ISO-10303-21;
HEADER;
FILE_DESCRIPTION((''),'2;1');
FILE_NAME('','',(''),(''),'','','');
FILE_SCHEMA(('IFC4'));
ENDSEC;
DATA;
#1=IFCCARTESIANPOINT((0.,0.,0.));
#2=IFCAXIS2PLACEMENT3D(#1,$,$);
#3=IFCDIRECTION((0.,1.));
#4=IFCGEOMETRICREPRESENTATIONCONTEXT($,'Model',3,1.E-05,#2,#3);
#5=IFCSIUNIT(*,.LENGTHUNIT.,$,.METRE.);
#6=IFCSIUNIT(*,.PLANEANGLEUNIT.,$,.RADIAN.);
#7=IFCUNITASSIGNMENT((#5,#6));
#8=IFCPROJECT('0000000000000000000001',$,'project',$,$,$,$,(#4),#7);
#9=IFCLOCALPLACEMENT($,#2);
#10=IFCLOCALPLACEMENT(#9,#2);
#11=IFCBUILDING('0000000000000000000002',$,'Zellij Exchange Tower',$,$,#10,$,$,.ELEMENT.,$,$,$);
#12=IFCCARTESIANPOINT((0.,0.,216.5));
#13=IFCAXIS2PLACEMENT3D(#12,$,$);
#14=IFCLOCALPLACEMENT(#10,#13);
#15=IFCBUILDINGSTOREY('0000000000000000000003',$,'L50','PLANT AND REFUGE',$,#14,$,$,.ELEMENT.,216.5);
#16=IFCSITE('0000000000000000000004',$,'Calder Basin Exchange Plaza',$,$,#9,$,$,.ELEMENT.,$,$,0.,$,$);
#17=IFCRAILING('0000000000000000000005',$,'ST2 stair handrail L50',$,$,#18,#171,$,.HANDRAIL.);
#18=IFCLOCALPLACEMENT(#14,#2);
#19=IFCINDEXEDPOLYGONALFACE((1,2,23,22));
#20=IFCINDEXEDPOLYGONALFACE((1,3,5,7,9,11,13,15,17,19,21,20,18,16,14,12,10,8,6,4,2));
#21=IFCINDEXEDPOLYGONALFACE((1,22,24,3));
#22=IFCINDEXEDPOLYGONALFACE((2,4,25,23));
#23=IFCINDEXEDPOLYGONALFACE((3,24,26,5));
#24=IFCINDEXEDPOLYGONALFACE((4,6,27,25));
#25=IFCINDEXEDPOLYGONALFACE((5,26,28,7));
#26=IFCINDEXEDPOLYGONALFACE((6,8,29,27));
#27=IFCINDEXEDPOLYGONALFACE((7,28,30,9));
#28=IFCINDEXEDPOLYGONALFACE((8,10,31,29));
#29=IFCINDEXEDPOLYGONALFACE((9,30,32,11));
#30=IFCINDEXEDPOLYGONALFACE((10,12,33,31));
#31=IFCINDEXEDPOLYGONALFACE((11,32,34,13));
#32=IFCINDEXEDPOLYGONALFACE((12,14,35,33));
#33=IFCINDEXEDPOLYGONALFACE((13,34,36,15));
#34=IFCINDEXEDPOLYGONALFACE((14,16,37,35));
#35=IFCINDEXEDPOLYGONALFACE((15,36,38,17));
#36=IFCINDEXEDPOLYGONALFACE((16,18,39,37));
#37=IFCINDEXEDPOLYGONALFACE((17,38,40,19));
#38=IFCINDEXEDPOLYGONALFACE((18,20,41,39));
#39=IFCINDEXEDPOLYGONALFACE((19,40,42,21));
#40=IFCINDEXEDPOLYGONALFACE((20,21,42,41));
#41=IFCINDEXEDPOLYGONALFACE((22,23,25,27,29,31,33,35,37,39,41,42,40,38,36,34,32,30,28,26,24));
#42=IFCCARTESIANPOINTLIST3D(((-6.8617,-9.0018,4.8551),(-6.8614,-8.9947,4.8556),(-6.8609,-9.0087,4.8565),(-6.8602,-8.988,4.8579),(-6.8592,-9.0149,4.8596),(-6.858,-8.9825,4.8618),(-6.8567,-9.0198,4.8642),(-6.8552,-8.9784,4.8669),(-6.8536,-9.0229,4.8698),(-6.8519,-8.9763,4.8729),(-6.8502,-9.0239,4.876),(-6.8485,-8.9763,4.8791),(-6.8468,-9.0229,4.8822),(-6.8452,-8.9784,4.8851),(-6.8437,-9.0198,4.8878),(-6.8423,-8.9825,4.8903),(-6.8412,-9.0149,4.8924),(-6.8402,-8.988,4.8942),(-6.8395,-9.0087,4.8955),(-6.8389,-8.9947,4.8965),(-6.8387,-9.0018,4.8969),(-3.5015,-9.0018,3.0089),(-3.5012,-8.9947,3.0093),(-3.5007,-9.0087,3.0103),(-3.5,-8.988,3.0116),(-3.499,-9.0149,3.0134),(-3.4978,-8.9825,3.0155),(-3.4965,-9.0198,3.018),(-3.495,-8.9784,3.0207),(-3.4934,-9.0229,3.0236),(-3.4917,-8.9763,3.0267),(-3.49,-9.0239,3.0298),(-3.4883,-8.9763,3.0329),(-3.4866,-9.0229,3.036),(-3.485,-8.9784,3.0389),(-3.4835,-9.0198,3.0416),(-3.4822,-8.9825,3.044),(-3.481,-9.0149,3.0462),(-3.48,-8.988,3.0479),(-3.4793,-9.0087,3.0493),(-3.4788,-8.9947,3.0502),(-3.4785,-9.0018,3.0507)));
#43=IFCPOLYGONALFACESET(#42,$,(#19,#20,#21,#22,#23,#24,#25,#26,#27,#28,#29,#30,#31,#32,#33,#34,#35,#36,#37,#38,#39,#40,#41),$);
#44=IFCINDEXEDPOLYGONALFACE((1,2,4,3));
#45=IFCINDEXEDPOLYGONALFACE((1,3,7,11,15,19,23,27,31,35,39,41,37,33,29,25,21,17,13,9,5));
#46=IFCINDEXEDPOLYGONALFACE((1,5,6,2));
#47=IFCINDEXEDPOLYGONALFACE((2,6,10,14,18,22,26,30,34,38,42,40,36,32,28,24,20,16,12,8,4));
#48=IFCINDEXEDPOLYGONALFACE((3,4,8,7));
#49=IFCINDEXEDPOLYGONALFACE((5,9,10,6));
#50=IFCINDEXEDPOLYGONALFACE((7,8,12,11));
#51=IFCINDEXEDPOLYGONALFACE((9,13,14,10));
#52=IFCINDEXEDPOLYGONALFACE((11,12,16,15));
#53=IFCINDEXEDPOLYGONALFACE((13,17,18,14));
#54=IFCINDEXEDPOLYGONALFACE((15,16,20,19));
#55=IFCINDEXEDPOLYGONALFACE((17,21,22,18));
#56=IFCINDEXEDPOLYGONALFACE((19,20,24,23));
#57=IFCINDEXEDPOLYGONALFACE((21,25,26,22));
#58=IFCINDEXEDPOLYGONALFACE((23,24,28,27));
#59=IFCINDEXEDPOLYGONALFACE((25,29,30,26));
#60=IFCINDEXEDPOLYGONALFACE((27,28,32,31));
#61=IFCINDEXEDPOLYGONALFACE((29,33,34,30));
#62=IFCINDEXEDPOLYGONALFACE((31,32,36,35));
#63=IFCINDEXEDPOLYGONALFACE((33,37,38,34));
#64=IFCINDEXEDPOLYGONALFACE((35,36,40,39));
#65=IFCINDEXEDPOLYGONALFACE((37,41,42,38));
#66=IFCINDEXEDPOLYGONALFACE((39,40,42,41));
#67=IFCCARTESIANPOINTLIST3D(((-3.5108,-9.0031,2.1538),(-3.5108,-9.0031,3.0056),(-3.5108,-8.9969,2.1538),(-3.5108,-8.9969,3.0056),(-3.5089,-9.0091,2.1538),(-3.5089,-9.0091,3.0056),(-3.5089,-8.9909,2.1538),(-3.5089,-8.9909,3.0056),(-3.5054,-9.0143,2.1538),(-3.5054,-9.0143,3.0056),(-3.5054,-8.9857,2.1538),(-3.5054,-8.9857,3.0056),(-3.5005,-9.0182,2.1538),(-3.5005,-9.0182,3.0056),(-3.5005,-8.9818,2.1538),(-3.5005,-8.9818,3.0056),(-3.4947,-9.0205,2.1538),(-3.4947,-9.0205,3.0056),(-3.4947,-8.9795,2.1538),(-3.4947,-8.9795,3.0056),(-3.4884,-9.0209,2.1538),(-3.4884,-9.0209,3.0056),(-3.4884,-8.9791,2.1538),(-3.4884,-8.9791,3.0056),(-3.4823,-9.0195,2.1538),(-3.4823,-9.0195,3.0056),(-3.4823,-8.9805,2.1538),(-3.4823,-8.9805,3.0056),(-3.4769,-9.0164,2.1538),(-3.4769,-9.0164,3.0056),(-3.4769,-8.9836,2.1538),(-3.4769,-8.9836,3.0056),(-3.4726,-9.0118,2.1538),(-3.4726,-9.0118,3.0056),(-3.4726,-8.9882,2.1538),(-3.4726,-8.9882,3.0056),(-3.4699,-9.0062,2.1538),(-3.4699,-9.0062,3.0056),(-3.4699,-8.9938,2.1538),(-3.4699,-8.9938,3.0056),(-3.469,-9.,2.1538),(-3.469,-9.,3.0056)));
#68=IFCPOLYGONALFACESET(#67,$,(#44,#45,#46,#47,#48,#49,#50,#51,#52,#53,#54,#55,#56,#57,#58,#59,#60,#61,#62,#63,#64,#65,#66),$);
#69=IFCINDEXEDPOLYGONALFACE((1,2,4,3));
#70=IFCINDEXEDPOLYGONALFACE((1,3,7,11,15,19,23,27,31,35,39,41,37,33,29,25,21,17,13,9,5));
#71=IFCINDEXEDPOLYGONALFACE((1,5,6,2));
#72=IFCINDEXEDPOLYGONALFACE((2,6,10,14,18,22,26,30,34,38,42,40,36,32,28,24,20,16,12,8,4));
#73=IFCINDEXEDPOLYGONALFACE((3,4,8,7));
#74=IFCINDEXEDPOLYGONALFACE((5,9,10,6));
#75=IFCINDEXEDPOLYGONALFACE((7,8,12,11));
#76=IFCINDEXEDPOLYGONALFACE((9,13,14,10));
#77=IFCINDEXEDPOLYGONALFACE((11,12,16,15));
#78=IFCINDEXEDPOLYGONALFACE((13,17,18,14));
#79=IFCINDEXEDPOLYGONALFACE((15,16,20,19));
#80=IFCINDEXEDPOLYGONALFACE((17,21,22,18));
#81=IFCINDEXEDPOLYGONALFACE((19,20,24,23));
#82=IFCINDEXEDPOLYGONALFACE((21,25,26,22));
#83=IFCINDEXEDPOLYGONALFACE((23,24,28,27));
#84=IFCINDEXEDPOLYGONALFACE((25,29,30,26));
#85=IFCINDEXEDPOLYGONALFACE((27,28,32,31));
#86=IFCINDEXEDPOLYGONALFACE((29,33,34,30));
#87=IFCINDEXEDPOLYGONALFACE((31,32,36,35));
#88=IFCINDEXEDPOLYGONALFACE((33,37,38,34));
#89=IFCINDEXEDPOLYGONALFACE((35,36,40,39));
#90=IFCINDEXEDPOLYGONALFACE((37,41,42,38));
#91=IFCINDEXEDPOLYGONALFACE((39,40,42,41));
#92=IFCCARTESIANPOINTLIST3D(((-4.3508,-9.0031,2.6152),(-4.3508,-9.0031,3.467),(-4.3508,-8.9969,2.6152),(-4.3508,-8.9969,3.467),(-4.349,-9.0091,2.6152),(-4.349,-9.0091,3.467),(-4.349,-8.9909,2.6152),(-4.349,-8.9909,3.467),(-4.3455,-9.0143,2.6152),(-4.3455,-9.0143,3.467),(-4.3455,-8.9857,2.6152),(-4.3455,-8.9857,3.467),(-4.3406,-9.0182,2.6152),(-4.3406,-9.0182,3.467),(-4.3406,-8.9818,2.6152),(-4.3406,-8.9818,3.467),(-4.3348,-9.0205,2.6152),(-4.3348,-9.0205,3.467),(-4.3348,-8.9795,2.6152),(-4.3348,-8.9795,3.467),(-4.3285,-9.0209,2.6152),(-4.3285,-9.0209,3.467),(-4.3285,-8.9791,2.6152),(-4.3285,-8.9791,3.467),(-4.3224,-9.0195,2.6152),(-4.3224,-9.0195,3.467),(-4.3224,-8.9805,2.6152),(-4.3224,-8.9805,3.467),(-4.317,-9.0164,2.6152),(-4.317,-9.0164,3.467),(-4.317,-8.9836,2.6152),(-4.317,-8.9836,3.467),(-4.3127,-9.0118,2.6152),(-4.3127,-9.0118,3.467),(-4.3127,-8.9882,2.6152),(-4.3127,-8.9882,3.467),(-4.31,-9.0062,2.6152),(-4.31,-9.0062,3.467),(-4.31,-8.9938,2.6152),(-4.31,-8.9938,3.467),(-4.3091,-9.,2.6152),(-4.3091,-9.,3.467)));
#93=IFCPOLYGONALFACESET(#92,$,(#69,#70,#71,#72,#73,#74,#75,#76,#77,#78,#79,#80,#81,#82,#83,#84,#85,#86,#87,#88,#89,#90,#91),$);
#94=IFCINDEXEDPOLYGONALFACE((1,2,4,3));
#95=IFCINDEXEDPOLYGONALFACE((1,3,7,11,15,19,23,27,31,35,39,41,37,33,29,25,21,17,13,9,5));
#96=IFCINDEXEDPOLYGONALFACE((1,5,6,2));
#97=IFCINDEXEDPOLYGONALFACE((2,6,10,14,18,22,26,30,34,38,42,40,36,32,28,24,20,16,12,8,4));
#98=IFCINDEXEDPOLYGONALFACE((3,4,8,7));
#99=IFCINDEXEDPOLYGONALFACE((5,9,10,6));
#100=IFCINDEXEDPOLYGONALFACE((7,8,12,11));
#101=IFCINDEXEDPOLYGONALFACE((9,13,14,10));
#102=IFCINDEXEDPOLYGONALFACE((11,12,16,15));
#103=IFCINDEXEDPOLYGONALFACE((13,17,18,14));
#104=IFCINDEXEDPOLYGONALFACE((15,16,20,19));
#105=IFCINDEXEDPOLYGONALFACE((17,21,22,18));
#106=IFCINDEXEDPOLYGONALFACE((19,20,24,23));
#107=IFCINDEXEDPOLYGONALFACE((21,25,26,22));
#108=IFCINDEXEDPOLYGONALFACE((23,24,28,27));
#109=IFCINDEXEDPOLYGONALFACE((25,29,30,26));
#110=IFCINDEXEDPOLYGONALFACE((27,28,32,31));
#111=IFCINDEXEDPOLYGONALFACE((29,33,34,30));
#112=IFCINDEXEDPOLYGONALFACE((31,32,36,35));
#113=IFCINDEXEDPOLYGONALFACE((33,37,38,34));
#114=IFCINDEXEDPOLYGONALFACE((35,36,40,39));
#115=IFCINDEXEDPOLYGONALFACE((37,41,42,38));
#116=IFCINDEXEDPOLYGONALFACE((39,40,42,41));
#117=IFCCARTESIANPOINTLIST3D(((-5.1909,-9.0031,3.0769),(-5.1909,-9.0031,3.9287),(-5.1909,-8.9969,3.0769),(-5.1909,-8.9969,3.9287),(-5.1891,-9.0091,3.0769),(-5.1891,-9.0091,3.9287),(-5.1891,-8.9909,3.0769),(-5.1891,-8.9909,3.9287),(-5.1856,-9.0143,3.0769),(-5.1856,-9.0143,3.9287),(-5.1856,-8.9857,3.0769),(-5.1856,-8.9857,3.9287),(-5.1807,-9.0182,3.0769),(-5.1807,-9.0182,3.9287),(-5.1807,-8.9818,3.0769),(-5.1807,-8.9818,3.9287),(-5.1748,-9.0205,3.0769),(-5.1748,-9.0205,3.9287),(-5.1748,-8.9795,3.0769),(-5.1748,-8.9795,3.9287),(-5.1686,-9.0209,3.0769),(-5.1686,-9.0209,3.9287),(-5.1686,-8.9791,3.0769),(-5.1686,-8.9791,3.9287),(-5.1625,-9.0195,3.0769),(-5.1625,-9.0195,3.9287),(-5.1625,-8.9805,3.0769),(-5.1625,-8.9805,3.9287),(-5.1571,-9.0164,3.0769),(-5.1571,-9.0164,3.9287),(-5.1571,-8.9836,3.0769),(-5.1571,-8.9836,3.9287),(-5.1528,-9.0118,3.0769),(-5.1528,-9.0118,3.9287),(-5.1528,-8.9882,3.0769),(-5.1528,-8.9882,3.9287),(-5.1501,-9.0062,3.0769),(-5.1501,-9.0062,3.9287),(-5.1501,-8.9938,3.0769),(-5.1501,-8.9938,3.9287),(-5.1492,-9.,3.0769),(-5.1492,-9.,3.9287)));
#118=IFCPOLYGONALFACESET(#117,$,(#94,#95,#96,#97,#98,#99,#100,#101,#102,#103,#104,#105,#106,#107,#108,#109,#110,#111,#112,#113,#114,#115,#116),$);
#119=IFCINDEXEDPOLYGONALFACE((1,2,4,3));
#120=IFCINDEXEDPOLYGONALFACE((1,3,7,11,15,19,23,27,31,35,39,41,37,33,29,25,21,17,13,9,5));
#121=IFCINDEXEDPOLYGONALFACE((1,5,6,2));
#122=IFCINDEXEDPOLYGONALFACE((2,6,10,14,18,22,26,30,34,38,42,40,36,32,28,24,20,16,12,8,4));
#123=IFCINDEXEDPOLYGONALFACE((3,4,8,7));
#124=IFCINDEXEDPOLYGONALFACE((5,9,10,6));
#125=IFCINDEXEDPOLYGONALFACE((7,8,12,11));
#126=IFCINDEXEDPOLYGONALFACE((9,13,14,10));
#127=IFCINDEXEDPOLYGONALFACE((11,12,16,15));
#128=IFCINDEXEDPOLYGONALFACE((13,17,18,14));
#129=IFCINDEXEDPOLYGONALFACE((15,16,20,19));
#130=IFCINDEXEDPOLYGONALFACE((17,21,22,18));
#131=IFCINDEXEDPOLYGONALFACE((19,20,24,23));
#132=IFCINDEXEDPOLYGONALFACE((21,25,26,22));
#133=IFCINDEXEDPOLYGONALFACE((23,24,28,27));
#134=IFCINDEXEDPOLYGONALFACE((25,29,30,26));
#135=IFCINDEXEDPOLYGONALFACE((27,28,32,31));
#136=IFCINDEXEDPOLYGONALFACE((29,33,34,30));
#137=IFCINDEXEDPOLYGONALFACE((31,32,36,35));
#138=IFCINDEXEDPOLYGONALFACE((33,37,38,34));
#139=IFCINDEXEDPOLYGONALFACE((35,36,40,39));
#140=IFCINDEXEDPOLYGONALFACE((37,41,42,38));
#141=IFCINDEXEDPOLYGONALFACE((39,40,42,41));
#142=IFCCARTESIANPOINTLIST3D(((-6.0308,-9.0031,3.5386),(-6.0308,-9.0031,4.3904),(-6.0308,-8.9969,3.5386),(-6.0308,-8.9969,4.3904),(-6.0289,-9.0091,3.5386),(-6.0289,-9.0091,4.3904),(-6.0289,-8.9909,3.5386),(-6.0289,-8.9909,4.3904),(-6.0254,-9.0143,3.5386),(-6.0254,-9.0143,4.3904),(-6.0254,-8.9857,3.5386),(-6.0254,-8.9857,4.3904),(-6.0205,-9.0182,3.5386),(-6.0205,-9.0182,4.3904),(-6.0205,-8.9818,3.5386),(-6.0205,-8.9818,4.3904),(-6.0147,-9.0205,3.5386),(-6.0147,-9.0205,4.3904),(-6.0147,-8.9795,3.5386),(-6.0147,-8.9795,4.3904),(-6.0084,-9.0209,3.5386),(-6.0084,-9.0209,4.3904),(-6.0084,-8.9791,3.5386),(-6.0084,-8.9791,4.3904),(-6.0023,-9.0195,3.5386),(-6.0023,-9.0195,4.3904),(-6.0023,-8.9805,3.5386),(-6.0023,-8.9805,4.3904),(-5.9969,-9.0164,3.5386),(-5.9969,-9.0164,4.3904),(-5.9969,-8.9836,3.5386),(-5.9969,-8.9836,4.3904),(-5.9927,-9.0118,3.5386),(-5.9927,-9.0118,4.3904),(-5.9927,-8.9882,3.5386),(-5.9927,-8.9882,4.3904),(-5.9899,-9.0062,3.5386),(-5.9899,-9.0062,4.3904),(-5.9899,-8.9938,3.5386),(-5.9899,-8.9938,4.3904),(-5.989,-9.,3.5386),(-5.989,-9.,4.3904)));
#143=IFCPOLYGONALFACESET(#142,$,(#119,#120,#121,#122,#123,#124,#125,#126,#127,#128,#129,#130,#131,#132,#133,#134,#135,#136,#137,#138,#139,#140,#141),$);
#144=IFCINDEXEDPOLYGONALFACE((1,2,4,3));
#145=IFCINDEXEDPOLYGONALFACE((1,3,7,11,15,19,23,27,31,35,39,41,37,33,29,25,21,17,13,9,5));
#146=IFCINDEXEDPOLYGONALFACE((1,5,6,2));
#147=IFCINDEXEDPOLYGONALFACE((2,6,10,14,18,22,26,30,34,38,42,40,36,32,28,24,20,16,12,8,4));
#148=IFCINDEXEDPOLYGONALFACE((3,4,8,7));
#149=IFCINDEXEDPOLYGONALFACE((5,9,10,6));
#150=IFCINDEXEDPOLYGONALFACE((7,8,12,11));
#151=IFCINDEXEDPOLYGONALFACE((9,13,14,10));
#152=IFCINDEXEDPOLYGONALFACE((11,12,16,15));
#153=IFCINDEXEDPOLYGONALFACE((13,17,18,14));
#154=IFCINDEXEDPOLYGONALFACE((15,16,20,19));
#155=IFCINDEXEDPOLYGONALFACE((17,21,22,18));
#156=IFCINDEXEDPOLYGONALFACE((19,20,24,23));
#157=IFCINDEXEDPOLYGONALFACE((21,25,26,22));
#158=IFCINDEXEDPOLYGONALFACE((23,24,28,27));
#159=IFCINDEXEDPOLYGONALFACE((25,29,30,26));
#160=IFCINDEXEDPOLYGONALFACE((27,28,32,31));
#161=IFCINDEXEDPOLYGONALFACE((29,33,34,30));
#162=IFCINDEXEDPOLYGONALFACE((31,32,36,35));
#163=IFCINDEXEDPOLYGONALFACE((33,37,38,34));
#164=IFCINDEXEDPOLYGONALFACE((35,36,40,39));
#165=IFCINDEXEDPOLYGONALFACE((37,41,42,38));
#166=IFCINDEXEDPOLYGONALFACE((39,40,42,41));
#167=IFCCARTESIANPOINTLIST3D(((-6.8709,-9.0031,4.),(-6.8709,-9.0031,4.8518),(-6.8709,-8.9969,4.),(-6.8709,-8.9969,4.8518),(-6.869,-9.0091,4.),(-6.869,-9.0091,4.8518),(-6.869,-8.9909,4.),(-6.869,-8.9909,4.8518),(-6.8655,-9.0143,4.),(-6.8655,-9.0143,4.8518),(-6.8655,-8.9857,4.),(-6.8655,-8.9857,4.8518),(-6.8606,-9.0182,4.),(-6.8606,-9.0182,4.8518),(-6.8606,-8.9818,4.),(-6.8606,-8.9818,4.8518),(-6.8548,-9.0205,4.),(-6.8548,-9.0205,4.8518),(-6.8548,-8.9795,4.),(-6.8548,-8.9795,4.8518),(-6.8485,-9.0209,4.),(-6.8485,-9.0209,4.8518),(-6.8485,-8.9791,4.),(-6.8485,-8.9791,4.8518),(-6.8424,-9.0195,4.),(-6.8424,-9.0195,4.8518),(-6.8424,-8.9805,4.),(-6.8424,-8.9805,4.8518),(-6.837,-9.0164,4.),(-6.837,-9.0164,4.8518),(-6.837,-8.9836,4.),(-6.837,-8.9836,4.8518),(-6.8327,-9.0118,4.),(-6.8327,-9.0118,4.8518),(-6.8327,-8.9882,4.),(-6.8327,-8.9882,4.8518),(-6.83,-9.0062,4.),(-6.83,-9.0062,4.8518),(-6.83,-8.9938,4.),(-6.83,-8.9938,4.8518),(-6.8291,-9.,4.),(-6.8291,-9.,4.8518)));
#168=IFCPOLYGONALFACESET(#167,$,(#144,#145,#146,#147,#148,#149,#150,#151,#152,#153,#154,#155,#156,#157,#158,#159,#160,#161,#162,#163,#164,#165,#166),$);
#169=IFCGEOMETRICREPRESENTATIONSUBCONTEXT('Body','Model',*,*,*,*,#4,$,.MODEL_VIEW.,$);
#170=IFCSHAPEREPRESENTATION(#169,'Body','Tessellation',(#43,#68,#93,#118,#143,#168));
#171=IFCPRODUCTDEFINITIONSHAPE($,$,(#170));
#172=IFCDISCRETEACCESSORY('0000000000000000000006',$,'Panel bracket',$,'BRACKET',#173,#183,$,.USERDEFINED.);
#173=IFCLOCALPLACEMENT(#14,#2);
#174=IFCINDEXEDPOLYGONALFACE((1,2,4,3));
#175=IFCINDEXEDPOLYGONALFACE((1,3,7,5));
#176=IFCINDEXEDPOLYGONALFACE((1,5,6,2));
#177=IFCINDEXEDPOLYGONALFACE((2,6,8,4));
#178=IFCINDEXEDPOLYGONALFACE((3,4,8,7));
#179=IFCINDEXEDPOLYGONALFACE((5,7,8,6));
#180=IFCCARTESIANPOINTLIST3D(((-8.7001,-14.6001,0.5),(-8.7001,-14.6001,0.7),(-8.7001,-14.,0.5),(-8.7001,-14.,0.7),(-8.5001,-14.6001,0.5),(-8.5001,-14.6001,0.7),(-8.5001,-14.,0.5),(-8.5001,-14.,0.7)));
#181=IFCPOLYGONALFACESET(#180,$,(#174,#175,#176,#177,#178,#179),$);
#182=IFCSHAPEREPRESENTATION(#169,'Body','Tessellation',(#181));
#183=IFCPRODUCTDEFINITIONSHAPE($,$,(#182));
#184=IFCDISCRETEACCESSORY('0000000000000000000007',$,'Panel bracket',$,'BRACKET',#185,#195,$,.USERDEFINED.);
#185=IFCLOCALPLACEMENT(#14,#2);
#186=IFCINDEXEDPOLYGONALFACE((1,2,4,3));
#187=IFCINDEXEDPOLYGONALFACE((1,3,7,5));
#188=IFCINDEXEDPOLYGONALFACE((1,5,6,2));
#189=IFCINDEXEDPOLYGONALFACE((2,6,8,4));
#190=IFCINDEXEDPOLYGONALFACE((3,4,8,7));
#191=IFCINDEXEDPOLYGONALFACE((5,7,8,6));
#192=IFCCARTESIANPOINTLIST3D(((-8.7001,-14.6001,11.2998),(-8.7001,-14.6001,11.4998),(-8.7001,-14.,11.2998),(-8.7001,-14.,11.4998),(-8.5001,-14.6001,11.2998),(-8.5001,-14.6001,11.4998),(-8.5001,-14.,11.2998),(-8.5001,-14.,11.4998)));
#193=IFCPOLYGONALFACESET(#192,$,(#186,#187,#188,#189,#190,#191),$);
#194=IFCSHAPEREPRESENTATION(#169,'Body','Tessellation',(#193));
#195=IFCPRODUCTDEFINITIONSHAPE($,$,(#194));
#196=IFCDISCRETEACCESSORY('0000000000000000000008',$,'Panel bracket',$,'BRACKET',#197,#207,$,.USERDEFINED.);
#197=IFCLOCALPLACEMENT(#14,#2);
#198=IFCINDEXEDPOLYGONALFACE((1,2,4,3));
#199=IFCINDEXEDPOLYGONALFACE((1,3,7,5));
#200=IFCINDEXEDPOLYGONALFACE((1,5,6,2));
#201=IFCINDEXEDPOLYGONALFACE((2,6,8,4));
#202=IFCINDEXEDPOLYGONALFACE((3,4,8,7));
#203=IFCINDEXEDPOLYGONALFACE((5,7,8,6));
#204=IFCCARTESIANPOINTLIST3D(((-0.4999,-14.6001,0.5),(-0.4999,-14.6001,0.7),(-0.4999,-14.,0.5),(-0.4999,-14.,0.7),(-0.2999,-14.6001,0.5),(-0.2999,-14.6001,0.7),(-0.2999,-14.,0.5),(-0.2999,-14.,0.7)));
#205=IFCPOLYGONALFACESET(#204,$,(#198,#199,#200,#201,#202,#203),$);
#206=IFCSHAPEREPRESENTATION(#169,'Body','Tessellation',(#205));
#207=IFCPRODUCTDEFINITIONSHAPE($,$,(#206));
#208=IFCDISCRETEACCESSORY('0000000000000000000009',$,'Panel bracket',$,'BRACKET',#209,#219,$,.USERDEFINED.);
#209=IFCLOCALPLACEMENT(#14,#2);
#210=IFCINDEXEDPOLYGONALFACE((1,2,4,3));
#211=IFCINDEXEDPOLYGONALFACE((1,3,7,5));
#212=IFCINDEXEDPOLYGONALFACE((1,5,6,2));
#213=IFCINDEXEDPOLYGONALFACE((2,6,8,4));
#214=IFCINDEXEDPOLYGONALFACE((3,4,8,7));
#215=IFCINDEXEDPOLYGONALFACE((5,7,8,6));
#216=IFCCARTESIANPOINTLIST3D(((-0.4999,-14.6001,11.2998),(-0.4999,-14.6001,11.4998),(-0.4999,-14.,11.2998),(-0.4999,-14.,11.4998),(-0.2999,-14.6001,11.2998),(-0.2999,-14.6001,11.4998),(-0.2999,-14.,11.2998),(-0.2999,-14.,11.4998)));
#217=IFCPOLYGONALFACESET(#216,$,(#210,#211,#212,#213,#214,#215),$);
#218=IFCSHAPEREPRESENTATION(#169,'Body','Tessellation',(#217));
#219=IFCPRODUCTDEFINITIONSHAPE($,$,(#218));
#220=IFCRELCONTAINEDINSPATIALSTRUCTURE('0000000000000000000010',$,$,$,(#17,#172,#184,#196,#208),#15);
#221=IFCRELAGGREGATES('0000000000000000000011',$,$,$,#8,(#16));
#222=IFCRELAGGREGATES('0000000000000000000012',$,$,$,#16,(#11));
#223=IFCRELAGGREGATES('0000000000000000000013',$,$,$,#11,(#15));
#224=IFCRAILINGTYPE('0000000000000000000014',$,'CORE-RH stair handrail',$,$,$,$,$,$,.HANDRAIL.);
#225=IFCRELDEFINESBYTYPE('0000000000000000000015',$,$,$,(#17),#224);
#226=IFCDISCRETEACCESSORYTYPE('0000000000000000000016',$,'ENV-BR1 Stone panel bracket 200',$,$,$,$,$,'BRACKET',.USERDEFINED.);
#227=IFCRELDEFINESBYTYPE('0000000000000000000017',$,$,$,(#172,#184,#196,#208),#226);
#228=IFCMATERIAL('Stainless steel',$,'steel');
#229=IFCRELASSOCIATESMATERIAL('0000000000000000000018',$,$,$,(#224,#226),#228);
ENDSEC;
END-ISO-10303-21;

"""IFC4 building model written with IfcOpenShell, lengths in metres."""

from ifc_helpers import new_model, si_unit, direction, frame, origin, origin_2d, place, context, subcontext, project, spatial, rectangle, circle, extrude, material, type_object, element, save


model = new_model("IFC4")

# Units and contexts
model_context = context("Model", 3, precision=1e-05, world=origin(), true_north=direction((0.0, 1.0)))
body_context = subcontext(model_context, "Body", "Model", "MODEL_VIEW")
ifc_project = project(units=[si_unit("LENGTHUNIT", "METRE"), si_unit("PLANEANGLEUNIT", "RADIAN")], contexts=[model_context])

# Site, building, storey
site_placement = place(None, origin())
site = spatial("IfcSite", under=ifc_project, at=site_placement, Name="Calder Basin Exchange Plaza", CompositionType="ELEMENT", RefElevation=0.0)
building_placement = place(site_placement, origin())
building = spatial("IfcBuilding", under=site, at=building_placement, Name="Zellij Exchange Tower", CompositionType="ELEMENT")
storey_placement = place(building_placement, frame((0.0, 0.0, 216.5)))
storey = spatial("IfcBuildingStorey", under=building, at=storey_placement, Name="L50", Description="PLANT AND REFUGE", CompositionType="ELEMENT", Elevation=216.5)

# Railing
ifc_material_1 = material(Name="Stainless steel", Category="steel")
railing_type_1 = type_object("IfcRailingType", Name="CORE-RH stair handrail", PredefinedType="HANDRAIL", material=ifc_material_1)
railing_1_placement = place(storey_placement, frame((-3.49, -9.0, 2.1538)))
element("IfcRailing", 1, at=railing_1_placement, inside=storey, type_object=railing_type_1, Name="ST2 stair handrail L50", PredefinedType="HANDRAIL", context=body_context, shape_type="SweptSolid", body=[
    extrude(circle(Radius=0.0239, at=origin_2d()), frame((0.0, 0.0, 0.876), z_axis=(-0.876422, 0.0, 0.481545), x_axis=(0.0, -1.0, 0.0)), (0.0, 0.0, 1.0), 3.834),
    extrude(circle(Radius=0.021, at=origin_2d()), origin(), (0.0, 0.0, 1.0), 0.8518),
    extrude(circle(Radius=0.021, at=origin_2d()), frame((-0.8401, 0.0, 0.4614)), (0.0, 0.0, 1.0), 0.8518),
    extrude(circle(Radius=0.021, at=origin_2d()), frame((-1.6802, 0.0, 0.9231)), (0.0, 0.0, 1.0), 0.8518),
    extrude(circle(Radius=0.021, at=origin_2d()), frame((-2.52, 0.0, 1.3848)), (0.0, 0.0, 1.0), 0.8518),
    extrude(circle(Radius=0.021, at=origin_2d()), frame((-3.3601, 0.0, 1.8462)), (0.0, 0.0, 1.0), 0.8518),
])

# Discrete accessories
discrete_accessory_type = type_object("IfcDiscreteAccessoryType", Name="ENV-BR1 Stone panel bracket 200", ElementType="BRACKET", PredefinedType="USERDEFINED", material=ifc_material_1)
for number, where, z_axis, x_axis, name in (
    (2, (-8.6001, -14.3, 0.5), (0.0, 0.0, 1.0), (1.0, 0.0, 0.0), "Panel bracket"),
    (3, (-8.6001, -14.3, 11.2998), (0.0, 0.0, 1.0), (1.0, 0.0, 0.0), "Panel bracket"),
    (4, (-0.3999, -14.3, 0.5), (0.0, 0.0, 1.0), (1.0, 0.0, 0.0), "Panel bracket"),
    (5, (-0.3999, -14.3, 11.2998), (0.0, 0.0, 1.0), (1.0, 0.0, 0.0), "Panel bracket"),
):
    element("IfcDiscreteAccessory", number, at=place(storey_placement, frame(where, z_axis=z_axis, x_axis=x_axis)), inside=storey, type_object=discrete_accessory_type, Name=name, ObjectType="BRACKET", PredefinedType="USERDEFINED", context=body_context, shape_type="SweptSolid", body=[
        extrude(rectangle(XDim=0.2, YDim=0.6001, at=origin_2d()), origin(), (0.0, 0.0, 1.0), 0.2),
    ])

save(model, "model.ifc")
